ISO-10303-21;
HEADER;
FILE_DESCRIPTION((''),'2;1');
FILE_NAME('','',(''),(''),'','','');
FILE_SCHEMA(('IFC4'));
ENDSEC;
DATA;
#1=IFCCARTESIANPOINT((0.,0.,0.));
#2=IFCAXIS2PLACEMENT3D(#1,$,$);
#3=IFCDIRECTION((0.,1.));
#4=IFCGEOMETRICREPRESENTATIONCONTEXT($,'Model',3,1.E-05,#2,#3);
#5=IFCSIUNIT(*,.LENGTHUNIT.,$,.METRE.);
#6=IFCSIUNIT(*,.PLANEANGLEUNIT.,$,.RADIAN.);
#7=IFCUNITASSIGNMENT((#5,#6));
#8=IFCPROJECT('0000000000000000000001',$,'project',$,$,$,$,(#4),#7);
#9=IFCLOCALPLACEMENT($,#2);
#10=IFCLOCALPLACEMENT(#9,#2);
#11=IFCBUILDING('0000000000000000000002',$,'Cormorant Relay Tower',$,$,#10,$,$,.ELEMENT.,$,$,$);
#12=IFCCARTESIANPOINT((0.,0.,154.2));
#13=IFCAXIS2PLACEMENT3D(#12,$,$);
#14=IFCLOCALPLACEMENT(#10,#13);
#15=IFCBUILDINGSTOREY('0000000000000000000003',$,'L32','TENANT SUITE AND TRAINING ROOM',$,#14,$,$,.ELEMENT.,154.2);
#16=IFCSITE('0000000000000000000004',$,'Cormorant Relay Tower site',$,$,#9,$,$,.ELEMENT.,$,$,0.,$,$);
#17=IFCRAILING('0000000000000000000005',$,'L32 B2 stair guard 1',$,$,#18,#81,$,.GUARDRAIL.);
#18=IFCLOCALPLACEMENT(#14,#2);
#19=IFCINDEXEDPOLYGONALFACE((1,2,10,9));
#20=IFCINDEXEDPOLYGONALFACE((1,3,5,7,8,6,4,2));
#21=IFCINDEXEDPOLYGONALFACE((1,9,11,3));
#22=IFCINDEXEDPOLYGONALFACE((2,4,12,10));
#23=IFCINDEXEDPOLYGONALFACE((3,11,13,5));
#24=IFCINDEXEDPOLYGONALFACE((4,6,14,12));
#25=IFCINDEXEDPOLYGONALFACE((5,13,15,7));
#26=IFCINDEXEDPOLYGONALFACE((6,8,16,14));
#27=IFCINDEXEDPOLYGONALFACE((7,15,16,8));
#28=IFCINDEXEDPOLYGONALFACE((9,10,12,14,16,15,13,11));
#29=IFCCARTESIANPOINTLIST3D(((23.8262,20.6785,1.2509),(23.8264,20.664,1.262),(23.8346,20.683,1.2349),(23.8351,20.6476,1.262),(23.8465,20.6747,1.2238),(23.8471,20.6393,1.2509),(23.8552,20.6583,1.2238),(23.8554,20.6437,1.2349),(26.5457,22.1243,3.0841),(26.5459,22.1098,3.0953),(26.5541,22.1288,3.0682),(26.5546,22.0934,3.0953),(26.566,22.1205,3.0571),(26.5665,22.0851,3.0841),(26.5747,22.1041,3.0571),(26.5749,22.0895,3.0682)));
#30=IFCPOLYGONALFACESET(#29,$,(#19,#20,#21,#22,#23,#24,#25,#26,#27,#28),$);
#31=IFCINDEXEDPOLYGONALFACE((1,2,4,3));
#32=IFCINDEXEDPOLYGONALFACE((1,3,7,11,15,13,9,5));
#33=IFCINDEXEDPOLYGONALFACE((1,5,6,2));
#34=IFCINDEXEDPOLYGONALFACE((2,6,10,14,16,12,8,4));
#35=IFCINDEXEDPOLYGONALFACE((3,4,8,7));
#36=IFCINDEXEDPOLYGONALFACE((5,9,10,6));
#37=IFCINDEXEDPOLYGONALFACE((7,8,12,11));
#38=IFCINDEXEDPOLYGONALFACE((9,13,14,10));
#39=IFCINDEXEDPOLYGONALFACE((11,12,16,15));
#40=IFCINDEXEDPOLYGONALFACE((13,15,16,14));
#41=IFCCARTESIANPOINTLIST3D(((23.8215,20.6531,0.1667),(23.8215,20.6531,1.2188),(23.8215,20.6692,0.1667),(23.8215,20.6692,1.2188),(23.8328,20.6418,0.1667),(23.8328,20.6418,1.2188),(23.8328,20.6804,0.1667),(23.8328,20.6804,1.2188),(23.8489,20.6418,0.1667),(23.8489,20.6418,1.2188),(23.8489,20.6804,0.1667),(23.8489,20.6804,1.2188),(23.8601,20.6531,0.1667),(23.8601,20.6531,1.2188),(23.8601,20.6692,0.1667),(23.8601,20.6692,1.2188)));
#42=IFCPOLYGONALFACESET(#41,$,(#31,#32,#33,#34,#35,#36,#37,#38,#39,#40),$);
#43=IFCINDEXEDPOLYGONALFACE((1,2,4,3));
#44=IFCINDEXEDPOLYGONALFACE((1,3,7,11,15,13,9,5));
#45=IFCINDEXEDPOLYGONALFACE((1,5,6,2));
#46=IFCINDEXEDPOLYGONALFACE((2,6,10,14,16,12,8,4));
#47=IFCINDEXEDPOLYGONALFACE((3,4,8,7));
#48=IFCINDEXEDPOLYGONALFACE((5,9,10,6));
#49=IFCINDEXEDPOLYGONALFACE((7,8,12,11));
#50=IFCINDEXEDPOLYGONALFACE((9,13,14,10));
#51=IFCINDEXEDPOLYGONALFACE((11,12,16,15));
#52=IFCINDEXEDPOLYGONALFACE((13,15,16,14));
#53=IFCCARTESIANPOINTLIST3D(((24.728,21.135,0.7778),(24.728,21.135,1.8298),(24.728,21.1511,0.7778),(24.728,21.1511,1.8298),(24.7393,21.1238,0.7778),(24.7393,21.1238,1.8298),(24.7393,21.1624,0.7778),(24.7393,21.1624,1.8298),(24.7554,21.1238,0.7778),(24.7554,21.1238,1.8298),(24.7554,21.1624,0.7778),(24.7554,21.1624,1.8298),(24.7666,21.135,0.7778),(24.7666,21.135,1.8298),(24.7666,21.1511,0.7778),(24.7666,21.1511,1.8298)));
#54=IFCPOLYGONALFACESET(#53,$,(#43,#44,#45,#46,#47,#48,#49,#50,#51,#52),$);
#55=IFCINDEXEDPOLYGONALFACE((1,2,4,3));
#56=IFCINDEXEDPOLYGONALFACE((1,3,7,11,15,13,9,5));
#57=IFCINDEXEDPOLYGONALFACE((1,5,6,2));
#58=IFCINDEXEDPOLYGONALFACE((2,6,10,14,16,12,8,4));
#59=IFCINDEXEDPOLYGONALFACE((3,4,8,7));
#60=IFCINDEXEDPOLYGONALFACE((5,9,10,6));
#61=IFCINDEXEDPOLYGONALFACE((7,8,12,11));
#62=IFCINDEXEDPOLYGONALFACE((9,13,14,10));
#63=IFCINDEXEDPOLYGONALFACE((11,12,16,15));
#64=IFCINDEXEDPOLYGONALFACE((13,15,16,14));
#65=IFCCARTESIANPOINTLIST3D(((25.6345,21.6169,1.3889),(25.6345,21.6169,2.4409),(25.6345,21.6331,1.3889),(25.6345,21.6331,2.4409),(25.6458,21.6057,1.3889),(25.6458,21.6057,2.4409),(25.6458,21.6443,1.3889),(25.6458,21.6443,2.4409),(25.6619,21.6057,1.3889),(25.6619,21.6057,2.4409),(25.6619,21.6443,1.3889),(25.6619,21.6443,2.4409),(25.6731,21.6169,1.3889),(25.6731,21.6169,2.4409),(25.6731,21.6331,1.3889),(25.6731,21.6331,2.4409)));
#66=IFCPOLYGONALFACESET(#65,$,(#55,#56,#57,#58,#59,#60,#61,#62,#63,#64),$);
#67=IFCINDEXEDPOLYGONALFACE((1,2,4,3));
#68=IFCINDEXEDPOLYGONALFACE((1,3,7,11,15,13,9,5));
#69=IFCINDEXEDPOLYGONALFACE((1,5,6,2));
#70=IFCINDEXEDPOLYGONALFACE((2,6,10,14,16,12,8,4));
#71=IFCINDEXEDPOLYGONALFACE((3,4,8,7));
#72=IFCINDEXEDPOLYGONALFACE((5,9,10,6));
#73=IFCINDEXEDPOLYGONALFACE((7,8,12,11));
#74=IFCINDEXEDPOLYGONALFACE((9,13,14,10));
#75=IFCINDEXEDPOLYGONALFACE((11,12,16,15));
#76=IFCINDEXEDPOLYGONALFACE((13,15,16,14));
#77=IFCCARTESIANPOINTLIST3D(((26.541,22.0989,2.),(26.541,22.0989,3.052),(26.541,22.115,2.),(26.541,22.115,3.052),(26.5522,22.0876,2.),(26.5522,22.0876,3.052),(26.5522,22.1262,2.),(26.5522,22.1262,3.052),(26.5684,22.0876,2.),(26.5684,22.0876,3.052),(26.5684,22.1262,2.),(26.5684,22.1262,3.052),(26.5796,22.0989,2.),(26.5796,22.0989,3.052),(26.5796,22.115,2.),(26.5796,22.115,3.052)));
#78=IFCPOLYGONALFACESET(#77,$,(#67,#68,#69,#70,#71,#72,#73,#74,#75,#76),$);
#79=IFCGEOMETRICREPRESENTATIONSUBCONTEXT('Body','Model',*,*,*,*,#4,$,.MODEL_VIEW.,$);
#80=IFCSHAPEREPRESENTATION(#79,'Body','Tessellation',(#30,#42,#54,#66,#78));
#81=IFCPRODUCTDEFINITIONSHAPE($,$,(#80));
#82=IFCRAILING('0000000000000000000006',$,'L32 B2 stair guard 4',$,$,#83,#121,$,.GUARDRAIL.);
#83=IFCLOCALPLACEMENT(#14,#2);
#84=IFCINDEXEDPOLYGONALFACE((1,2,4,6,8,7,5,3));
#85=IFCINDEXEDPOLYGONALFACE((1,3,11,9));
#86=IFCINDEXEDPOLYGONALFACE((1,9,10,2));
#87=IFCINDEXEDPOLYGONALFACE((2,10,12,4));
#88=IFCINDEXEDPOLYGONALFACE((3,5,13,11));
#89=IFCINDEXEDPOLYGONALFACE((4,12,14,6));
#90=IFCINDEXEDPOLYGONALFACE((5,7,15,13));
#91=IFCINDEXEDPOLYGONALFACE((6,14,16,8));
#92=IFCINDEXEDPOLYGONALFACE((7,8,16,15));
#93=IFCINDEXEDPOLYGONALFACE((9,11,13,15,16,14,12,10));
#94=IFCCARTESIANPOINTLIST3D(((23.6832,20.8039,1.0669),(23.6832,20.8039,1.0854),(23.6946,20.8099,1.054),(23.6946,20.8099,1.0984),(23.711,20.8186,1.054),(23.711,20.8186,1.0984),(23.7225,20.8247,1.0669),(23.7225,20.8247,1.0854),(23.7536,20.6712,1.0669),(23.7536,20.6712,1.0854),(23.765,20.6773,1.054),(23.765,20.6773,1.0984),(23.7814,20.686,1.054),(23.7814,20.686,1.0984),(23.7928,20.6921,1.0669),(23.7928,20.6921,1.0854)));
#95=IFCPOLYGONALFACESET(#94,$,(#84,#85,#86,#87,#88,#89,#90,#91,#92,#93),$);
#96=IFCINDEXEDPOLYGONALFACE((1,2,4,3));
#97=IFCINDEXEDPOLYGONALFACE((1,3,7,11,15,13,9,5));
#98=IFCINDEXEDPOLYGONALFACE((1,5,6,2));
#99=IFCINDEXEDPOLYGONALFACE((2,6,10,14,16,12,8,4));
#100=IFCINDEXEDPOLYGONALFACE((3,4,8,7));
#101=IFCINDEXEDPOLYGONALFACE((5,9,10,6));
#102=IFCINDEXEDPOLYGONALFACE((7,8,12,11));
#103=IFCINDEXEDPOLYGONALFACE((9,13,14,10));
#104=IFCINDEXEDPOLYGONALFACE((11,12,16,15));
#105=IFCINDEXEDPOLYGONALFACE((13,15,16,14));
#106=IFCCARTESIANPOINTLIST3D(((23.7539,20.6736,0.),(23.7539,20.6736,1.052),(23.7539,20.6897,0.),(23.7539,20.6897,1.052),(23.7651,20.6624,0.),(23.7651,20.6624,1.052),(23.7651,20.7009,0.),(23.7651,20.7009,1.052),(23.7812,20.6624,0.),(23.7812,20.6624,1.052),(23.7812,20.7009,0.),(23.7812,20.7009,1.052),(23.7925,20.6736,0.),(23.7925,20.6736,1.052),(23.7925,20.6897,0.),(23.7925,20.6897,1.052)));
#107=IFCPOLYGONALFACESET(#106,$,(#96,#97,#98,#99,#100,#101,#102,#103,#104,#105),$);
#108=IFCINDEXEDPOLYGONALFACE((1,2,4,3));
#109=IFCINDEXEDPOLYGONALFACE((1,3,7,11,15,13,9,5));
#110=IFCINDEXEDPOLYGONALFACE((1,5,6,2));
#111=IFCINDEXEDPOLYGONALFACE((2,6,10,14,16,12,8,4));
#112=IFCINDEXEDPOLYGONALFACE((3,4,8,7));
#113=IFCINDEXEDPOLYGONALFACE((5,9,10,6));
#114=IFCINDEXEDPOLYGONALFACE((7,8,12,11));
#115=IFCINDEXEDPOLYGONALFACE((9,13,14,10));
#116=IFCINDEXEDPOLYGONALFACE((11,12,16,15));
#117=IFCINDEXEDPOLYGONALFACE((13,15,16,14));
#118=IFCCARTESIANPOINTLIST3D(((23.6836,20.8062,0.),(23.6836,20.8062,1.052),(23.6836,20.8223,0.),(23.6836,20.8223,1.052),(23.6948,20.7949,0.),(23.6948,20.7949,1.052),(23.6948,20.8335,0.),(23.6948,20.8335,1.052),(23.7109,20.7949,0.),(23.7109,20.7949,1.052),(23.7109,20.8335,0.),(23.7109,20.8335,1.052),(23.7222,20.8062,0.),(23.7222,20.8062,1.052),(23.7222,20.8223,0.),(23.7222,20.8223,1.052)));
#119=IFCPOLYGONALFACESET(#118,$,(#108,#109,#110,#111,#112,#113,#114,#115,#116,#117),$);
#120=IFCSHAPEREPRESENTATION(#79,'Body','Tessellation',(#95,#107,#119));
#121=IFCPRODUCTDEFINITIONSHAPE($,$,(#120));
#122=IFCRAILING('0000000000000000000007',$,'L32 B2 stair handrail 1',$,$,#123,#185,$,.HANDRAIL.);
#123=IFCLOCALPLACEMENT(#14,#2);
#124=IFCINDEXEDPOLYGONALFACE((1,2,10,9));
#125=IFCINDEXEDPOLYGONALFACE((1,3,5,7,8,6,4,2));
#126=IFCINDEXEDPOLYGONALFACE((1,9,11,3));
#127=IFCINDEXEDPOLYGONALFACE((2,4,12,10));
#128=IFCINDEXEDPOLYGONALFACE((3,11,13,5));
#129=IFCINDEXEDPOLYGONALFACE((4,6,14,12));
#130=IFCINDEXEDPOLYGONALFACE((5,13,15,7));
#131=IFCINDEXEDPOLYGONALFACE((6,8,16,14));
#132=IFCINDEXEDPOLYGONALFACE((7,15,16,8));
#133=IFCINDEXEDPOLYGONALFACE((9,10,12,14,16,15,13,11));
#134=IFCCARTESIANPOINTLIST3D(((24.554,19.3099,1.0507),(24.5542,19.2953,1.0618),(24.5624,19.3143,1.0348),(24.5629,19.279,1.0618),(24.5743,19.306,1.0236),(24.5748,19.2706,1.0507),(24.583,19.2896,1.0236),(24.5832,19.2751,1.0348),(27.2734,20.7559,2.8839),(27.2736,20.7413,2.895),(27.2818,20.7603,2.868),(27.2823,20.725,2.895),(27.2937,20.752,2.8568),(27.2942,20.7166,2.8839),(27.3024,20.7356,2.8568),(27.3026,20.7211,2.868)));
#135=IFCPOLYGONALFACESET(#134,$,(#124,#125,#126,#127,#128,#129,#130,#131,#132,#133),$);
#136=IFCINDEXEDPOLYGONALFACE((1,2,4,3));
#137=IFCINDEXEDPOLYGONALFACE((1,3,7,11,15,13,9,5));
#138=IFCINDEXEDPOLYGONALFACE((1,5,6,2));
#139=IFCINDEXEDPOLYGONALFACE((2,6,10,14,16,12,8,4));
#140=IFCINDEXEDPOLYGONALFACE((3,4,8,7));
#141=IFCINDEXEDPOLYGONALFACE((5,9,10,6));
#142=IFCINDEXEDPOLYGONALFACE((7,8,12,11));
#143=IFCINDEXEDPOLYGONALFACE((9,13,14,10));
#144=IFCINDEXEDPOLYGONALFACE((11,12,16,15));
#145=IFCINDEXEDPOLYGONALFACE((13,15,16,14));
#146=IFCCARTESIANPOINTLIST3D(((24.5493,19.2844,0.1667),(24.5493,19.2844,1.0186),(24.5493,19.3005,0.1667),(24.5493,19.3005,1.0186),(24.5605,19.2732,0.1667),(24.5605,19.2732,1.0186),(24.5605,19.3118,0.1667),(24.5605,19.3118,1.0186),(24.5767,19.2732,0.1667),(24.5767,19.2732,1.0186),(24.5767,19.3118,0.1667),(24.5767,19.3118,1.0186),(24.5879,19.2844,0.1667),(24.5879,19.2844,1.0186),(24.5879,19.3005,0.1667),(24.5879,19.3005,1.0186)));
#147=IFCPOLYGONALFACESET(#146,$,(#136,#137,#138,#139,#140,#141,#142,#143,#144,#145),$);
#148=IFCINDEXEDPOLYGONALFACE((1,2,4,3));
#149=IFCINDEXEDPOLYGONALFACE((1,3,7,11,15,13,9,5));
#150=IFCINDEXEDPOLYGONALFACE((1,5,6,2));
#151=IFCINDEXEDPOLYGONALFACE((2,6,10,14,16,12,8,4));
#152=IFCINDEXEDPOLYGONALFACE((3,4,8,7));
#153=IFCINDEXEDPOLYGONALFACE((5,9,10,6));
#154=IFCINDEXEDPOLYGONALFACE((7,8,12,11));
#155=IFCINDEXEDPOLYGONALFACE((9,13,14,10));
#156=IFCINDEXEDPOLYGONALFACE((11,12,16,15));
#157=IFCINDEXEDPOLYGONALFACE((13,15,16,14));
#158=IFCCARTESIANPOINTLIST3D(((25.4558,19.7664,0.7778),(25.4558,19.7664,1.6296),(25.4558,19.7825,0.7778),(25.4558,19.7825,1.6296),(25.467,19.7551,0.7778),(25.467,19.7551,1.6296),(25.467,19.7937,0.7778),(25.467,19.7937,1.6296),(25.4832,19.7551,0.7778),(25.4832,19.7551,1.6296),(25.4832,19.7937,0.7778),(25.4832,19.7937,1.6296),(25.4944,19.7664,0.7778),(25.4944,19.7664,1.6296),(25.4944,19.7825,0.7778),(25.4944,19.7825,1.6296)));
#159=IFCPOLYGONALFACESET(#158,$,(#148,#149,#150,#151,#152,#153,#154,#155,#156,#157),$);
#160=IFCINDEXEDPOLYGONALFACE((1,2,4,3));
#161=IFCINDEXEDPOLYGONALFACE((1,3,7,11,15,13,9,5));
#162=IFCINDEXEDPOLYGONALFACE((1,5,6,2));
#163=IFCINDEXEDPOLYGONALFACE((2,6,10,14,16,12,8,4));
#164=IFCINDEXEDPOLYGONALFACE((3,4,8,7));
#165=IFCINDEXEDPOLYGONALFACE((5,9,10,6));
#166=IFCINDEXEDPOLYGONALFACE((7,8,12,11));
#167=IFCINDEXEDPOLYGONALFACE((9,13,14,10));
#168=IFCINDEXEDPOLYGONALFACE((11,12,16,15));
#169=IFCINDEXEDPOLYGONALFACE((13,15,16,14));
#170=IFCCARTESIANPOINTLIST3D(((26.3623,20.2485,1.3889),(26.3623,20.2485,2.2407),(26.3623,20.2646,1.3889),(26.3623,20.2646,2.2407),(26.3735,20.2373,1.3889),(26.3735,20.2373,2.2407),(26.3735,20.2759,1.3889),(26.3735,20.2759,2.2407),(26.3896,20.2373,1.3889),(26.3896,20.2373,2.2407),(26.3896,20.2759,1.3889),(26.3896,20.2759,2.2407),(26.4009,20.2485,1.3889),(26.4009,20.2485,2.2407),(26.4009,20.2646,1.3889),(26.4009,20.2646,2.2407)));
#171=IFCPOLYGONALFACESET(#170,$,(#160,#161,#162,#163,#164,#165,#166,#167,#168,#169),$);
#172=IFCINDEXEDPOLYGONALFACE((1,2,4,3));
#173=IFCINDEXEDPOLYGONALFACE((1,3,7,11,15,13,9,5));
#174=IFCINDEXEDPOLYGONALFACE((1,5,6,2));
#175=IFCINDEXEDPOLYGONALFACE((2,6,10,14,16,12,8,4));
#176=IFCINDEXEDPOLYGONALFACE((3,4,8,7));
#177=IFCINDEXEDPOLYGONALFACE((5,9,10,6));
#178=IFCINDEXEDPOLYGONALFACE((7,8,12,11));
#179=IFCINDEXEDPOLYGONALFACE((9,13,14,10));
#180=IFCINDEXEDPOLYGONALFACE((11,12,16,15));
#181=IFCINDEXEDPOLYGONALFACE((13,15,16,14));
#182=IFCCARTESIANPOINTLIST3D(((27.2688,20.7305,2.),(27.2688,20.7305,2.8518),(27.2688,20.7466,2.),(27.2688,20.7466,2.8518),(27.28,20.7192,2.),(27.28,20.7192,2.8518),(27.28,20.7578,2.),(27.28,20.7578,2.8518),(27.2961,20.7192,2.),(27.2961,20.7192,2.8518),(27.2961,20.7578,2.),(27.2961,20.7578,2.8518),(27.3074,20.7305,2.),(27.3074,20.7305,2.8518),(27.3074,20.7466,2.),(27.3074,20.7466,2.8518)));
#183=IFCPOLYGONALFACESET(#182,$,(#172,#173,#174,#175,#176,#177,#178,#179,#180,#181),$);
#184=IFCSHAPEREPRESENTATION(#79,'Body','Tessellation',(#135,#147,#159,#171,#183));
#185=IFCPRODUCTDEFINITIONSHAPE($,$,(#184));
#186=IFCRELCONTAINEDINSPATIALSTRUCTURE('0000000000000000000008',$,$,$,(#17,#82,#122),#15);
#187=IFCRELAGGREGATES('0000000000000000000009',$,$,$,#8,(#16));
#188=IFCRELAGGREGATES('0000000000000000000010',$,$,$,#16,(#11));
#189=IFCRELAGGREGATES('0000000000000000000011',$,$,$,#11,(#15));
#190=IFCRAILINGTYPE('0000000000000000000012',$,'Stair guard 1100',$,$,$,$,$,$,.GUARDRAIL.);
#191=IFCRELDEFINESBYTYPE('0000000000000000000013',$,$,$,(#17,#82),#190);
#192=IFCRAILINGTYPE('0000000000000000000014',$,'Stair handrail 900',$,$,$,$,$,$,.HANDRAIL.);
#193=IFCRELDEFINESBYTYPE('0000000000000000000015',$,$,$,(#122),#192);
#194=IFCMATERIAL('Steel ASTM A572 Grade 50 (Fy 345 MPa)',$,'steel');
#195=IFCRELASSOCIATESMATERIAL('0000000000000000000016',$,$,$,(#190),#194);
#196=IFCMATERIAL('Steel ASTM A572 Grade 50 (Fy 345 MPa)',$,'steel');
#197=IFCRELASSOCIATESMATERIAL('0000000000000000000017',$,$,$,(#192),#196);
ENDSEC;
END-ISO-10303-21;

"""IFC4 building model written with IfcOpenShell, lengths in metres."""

from ifc_helpers import new_model, si_unit, direction, frame, origin, place, context, subcontext, project, spatial, polyline, outline, extrude, material, type_object, element, save


model = new_model("IFC4")

# Units and contexts
model_context = context("Model", 3, precision=1e-05, world=origin(), true_north=direction((0.0, 1.0)))
body_context = subcontext(model_context, "Body", "Model", "MODEL_VIEW")
ifc_project = project(units=[si_unit("LENGTHUNIT", "METRE"), si_unit("PLANEANGLEUNIT", "RADIAN")], contexts=[model_context])

# Site, building, storey
site_placement = place(None, origin())
site = spatial("IfcSite", under=ifc_project, at=site_placement, Name="Cormorant Relay Tower site", CompositionType="ELEMENT", RefElevation=0.0)
building_placement = place(site_placement, origin())
building = spatial("IfcBuilding", under=site, at=building_placement, Name="Cormorant Relay Tower", CompositionType="ELEMENT")
storey_placement = place(building_placement, frame((0.0, 0.0, 154.2)))
storey = spatial("IfcBuildingStorey", under=building, at=storey_placement, Name="L32", Description="TENANT SUITE AND TRAINING ROOM", CompositionType="ELEMENT", Elevation=154.2)

# Railings
ifc_material_1 = material(Name="Steel ASTM A572 Grade 50 (Fy 345 MPa)", Category="steel")
railing_type_1 = type_object("IfcRailingType", Name="Stair guard 1100", PredefinedType="GUARDRAIL", material=ifc_material_1)
railing_1_placement = place(storey_placement, frame((23.8408, 20.6611, 0.1667)))
element("IfcRailing", 1, at=railing_1_placement, inside=storey, type_object=railing_type_1, Name="L32 B2 stair guard 1", PredefinedType="GUARDRAIL", context=body_context, shape_type="SweptSolid", body=[
    extrude(outline(polyline([(0.0222, 0.0093), (0.0093, 0.0222), (-0.0093, 0.0222), (-0.0222, 0.0093), (-0.0222, -0.0093), (-0.0093, -0.0222), (0.0093, -0.0222), (0.0222, -0.0093), (0.0222, 0.0093)])), frame((0.0, 0.0, 1.0762), z_axis=(0.758735, 0.403378, 0.511477), x_axis=(-0.469428, 0.882971, 0.0)), (0.0, 0.0, 1.0), 3.5842),
    extrude(outline(polyline([(0.0193, 0.0081), (0.0081, 0.0193), (-0.0081, 0.0193), (-0.0193, 0.0081), (-0.0193, -0.0081), (-0.0081, -0.0193), (0.0081, -0.0193), (0.0193, -0.0081), (0.0193, 0.0081)])), origin(), (0.0, 0.0, 1.0), 1.052),
    extrude(outline(polyline([(0.0193, 0.0081), (0.0081, 0.0193), (-0.0081, 0.0193), (-0.0193, 0.0081), (-0.0193, -0.0081), (-0.0081, -0.0193), (0.0081, -0.0193), (0.0193, -0.0081), (0.0193, 0.0081)])), frame((0.9065, 0.4819, 0.6111)), (0.0, 0.0, 1.0), 1.052),
    extrude(outline(polyline([(0.0193, 0.0081), (0.0081, 0.0193), (-0.0081, 0.0193), (-0.0193, 0.0081), (-0.0193, -0.0081), (-0.0081, -0.0193), (0.0081, -0.0193), (0.0193, -0.0081), (0.0193, 0.0081)])), frame((1.813, 0.9639, 1.2222)), (0.0, 0.0, 1.0), 1.052),
    extrude(outline(polyline([(0.0193, 0.0081), (0.0081, 0.0193), (-0.0081, 0.0193), (-0.0193, 0.0081), (-0.0193, -0.0081), (-0.0081, -0.0193), (0.0081, -0.0193), (0.0193, -0.0081), (0.0193, 0.0081)])), frame((2.7195, 1.4458, 1.8333)), (0.0, 0.0, 1.0), 1.052),
])
railing_2_placement = place(storey_placement, frame((23.7732, 20.6816, 0.0)))
element("IfcRailing", 2, at=railing_2_placement, inside=storey, type_object=railing_type_1, Name="L32 B2 stair guard 4", PredefinedType="GUARDRAIL", context=body_context, shape_type="SweptSolid", body=[
    extrude(outline(polyline([(0.0222, 0.0093), (0.0093, 0.0222), (-0.0093, 0.0222), (-0.0222, 0.0093), (-0.0222, -0.0093), (-0.0093, -0.0222), (0.0093, -0.0222), (0.0222, -0.0093), (0.0222, 0.0093)])), frame((0.0, 0.0, 1.0762), z_axis=(-0.46856, 0.883431, 0.0), x_axis=(-0.883431, -0.46856, 0.0)), (0.0, 0.0, 1.0), 0.1501),
    extrude(outline(polyline([(0.0193, 0.0081), (0.0081, 0.0193), (-0.0081, 0.0193), (-0.0193, 0.0081), (-0.0193, -0.0081), (-0.0081, -0.0193), (0.0081, -0.0193), (0.0193, -0.0081), (0.0193, 0.0081)])), origin(), (0.0, 0.0, 1.0), 1.052),
    extrude(outline(polyline([(0.0193, 0.0081), (0.0081, 0.0193), (-0.0081, 0.0193), (-0.0193, 0.0081), (-0.0193, -0.0081), (-0.0081, -0.0193), (0.0081, -0.0193), (0.0193, -0.0081), (0.0193, 0.0081)])), frame((-0.0703, 0.1326, 0.0)), (0.0, 0.0, 1.0), 1.052),
])
ifc_material_2 = material(Name="Steel ASTM A572 Grade 50 (Fy 345 MPa)", Category="steel")
railing_type_2 = type_object("IfcRailingType", Name="Stair handrail 900", PredefinedType="HANDRAIL", material=ifc_material_2)
railing_3_placement = place(storey_placement, frame((24.5686, 19.2925, 0.1667)))
element("IfcRailing", 3, at=railing_3_placement, inside=storey, type_object=railing_type_2, Name="L32 B2 stair handrail 1", PredefinedType="HANDRAIL", context=body_context, shape_type="SweptSolid", body=[
    extrude(outline(polyline([(0.0222, 0.0093), (0.0093, 0.0222), (-0.0093, 0.0222), (-0.0222, 0.0093), (-0.0222, -0.0093), (-0.0093, -0.0222), (0.0093, -0.0222), (0.0222, -0.0093), (0.0222, 0.0093)])), frame((0.0, 0.0, 0.876), z_axis=(0.758714, 0.403435, 0.511463), x_axis=(-0.469489, 0.882938, 0.0)), (0.0, 0.0, 1.0), 3.5842),
    extrude(outline(polyline([(0.0193, 0.0081), (0.0081, 0.0193), (-0.0081, 0.0193), (-0.0193, 0.0081), (-0.0193, -0.0081), (-0.0081, -0.0193), (0.0081, -0.0193), (0.0193, -0.0081), (0.0193, 0.0081)])), origin(), (0.0, 0.0, 1.0), 0.8518),
    extrude(outline(polyline([(0.0193, 0.0081), (0.0081, 0.0193), (-0.0081, 0.0193), (-0.0193, 0.0081), (-0.0193, -0.0081), (-0.0081, -0.0193), (0.0081, -0.0193), (0.0193, -0.0081), (0.0193, 0.0081)])), frame((0.9065, 0.4819, 0.6111)), (0.0, 0.0, 1.0), 0.8518),
    extrude(outline(polyline([(0.0193, 0.0081), (0.0081, 0.0193), (-0.0081, 0.0193), (-0.0193, 0.0081), (-0.0193, -0.0081), (-0.0081, -0.0193), (0.0081, -0.0193), (0.0193, -0.0081), (0.0193, 0.0081)])), frame((1.813, 0.9641, 1.2222)), (0.0, 0.0, 1.0), 0.8518),
    extrude(outline(polyline([(0.0193, 0.0081), (0.0081, 0.0193), (-0.0081, 0.0193), (-0.0193, 0.0081), (-0.0193, -0.0081), (-0.0081, -0.0193), (0.0081, -0.0193), (0.0193, -0.0081), (0.0193, 0.0081)])), frame((2.7195, 1.446, 1.8333)), (0.0, 0.0, 1.0), 0.8518),
])

save(model, "model.ifc")
